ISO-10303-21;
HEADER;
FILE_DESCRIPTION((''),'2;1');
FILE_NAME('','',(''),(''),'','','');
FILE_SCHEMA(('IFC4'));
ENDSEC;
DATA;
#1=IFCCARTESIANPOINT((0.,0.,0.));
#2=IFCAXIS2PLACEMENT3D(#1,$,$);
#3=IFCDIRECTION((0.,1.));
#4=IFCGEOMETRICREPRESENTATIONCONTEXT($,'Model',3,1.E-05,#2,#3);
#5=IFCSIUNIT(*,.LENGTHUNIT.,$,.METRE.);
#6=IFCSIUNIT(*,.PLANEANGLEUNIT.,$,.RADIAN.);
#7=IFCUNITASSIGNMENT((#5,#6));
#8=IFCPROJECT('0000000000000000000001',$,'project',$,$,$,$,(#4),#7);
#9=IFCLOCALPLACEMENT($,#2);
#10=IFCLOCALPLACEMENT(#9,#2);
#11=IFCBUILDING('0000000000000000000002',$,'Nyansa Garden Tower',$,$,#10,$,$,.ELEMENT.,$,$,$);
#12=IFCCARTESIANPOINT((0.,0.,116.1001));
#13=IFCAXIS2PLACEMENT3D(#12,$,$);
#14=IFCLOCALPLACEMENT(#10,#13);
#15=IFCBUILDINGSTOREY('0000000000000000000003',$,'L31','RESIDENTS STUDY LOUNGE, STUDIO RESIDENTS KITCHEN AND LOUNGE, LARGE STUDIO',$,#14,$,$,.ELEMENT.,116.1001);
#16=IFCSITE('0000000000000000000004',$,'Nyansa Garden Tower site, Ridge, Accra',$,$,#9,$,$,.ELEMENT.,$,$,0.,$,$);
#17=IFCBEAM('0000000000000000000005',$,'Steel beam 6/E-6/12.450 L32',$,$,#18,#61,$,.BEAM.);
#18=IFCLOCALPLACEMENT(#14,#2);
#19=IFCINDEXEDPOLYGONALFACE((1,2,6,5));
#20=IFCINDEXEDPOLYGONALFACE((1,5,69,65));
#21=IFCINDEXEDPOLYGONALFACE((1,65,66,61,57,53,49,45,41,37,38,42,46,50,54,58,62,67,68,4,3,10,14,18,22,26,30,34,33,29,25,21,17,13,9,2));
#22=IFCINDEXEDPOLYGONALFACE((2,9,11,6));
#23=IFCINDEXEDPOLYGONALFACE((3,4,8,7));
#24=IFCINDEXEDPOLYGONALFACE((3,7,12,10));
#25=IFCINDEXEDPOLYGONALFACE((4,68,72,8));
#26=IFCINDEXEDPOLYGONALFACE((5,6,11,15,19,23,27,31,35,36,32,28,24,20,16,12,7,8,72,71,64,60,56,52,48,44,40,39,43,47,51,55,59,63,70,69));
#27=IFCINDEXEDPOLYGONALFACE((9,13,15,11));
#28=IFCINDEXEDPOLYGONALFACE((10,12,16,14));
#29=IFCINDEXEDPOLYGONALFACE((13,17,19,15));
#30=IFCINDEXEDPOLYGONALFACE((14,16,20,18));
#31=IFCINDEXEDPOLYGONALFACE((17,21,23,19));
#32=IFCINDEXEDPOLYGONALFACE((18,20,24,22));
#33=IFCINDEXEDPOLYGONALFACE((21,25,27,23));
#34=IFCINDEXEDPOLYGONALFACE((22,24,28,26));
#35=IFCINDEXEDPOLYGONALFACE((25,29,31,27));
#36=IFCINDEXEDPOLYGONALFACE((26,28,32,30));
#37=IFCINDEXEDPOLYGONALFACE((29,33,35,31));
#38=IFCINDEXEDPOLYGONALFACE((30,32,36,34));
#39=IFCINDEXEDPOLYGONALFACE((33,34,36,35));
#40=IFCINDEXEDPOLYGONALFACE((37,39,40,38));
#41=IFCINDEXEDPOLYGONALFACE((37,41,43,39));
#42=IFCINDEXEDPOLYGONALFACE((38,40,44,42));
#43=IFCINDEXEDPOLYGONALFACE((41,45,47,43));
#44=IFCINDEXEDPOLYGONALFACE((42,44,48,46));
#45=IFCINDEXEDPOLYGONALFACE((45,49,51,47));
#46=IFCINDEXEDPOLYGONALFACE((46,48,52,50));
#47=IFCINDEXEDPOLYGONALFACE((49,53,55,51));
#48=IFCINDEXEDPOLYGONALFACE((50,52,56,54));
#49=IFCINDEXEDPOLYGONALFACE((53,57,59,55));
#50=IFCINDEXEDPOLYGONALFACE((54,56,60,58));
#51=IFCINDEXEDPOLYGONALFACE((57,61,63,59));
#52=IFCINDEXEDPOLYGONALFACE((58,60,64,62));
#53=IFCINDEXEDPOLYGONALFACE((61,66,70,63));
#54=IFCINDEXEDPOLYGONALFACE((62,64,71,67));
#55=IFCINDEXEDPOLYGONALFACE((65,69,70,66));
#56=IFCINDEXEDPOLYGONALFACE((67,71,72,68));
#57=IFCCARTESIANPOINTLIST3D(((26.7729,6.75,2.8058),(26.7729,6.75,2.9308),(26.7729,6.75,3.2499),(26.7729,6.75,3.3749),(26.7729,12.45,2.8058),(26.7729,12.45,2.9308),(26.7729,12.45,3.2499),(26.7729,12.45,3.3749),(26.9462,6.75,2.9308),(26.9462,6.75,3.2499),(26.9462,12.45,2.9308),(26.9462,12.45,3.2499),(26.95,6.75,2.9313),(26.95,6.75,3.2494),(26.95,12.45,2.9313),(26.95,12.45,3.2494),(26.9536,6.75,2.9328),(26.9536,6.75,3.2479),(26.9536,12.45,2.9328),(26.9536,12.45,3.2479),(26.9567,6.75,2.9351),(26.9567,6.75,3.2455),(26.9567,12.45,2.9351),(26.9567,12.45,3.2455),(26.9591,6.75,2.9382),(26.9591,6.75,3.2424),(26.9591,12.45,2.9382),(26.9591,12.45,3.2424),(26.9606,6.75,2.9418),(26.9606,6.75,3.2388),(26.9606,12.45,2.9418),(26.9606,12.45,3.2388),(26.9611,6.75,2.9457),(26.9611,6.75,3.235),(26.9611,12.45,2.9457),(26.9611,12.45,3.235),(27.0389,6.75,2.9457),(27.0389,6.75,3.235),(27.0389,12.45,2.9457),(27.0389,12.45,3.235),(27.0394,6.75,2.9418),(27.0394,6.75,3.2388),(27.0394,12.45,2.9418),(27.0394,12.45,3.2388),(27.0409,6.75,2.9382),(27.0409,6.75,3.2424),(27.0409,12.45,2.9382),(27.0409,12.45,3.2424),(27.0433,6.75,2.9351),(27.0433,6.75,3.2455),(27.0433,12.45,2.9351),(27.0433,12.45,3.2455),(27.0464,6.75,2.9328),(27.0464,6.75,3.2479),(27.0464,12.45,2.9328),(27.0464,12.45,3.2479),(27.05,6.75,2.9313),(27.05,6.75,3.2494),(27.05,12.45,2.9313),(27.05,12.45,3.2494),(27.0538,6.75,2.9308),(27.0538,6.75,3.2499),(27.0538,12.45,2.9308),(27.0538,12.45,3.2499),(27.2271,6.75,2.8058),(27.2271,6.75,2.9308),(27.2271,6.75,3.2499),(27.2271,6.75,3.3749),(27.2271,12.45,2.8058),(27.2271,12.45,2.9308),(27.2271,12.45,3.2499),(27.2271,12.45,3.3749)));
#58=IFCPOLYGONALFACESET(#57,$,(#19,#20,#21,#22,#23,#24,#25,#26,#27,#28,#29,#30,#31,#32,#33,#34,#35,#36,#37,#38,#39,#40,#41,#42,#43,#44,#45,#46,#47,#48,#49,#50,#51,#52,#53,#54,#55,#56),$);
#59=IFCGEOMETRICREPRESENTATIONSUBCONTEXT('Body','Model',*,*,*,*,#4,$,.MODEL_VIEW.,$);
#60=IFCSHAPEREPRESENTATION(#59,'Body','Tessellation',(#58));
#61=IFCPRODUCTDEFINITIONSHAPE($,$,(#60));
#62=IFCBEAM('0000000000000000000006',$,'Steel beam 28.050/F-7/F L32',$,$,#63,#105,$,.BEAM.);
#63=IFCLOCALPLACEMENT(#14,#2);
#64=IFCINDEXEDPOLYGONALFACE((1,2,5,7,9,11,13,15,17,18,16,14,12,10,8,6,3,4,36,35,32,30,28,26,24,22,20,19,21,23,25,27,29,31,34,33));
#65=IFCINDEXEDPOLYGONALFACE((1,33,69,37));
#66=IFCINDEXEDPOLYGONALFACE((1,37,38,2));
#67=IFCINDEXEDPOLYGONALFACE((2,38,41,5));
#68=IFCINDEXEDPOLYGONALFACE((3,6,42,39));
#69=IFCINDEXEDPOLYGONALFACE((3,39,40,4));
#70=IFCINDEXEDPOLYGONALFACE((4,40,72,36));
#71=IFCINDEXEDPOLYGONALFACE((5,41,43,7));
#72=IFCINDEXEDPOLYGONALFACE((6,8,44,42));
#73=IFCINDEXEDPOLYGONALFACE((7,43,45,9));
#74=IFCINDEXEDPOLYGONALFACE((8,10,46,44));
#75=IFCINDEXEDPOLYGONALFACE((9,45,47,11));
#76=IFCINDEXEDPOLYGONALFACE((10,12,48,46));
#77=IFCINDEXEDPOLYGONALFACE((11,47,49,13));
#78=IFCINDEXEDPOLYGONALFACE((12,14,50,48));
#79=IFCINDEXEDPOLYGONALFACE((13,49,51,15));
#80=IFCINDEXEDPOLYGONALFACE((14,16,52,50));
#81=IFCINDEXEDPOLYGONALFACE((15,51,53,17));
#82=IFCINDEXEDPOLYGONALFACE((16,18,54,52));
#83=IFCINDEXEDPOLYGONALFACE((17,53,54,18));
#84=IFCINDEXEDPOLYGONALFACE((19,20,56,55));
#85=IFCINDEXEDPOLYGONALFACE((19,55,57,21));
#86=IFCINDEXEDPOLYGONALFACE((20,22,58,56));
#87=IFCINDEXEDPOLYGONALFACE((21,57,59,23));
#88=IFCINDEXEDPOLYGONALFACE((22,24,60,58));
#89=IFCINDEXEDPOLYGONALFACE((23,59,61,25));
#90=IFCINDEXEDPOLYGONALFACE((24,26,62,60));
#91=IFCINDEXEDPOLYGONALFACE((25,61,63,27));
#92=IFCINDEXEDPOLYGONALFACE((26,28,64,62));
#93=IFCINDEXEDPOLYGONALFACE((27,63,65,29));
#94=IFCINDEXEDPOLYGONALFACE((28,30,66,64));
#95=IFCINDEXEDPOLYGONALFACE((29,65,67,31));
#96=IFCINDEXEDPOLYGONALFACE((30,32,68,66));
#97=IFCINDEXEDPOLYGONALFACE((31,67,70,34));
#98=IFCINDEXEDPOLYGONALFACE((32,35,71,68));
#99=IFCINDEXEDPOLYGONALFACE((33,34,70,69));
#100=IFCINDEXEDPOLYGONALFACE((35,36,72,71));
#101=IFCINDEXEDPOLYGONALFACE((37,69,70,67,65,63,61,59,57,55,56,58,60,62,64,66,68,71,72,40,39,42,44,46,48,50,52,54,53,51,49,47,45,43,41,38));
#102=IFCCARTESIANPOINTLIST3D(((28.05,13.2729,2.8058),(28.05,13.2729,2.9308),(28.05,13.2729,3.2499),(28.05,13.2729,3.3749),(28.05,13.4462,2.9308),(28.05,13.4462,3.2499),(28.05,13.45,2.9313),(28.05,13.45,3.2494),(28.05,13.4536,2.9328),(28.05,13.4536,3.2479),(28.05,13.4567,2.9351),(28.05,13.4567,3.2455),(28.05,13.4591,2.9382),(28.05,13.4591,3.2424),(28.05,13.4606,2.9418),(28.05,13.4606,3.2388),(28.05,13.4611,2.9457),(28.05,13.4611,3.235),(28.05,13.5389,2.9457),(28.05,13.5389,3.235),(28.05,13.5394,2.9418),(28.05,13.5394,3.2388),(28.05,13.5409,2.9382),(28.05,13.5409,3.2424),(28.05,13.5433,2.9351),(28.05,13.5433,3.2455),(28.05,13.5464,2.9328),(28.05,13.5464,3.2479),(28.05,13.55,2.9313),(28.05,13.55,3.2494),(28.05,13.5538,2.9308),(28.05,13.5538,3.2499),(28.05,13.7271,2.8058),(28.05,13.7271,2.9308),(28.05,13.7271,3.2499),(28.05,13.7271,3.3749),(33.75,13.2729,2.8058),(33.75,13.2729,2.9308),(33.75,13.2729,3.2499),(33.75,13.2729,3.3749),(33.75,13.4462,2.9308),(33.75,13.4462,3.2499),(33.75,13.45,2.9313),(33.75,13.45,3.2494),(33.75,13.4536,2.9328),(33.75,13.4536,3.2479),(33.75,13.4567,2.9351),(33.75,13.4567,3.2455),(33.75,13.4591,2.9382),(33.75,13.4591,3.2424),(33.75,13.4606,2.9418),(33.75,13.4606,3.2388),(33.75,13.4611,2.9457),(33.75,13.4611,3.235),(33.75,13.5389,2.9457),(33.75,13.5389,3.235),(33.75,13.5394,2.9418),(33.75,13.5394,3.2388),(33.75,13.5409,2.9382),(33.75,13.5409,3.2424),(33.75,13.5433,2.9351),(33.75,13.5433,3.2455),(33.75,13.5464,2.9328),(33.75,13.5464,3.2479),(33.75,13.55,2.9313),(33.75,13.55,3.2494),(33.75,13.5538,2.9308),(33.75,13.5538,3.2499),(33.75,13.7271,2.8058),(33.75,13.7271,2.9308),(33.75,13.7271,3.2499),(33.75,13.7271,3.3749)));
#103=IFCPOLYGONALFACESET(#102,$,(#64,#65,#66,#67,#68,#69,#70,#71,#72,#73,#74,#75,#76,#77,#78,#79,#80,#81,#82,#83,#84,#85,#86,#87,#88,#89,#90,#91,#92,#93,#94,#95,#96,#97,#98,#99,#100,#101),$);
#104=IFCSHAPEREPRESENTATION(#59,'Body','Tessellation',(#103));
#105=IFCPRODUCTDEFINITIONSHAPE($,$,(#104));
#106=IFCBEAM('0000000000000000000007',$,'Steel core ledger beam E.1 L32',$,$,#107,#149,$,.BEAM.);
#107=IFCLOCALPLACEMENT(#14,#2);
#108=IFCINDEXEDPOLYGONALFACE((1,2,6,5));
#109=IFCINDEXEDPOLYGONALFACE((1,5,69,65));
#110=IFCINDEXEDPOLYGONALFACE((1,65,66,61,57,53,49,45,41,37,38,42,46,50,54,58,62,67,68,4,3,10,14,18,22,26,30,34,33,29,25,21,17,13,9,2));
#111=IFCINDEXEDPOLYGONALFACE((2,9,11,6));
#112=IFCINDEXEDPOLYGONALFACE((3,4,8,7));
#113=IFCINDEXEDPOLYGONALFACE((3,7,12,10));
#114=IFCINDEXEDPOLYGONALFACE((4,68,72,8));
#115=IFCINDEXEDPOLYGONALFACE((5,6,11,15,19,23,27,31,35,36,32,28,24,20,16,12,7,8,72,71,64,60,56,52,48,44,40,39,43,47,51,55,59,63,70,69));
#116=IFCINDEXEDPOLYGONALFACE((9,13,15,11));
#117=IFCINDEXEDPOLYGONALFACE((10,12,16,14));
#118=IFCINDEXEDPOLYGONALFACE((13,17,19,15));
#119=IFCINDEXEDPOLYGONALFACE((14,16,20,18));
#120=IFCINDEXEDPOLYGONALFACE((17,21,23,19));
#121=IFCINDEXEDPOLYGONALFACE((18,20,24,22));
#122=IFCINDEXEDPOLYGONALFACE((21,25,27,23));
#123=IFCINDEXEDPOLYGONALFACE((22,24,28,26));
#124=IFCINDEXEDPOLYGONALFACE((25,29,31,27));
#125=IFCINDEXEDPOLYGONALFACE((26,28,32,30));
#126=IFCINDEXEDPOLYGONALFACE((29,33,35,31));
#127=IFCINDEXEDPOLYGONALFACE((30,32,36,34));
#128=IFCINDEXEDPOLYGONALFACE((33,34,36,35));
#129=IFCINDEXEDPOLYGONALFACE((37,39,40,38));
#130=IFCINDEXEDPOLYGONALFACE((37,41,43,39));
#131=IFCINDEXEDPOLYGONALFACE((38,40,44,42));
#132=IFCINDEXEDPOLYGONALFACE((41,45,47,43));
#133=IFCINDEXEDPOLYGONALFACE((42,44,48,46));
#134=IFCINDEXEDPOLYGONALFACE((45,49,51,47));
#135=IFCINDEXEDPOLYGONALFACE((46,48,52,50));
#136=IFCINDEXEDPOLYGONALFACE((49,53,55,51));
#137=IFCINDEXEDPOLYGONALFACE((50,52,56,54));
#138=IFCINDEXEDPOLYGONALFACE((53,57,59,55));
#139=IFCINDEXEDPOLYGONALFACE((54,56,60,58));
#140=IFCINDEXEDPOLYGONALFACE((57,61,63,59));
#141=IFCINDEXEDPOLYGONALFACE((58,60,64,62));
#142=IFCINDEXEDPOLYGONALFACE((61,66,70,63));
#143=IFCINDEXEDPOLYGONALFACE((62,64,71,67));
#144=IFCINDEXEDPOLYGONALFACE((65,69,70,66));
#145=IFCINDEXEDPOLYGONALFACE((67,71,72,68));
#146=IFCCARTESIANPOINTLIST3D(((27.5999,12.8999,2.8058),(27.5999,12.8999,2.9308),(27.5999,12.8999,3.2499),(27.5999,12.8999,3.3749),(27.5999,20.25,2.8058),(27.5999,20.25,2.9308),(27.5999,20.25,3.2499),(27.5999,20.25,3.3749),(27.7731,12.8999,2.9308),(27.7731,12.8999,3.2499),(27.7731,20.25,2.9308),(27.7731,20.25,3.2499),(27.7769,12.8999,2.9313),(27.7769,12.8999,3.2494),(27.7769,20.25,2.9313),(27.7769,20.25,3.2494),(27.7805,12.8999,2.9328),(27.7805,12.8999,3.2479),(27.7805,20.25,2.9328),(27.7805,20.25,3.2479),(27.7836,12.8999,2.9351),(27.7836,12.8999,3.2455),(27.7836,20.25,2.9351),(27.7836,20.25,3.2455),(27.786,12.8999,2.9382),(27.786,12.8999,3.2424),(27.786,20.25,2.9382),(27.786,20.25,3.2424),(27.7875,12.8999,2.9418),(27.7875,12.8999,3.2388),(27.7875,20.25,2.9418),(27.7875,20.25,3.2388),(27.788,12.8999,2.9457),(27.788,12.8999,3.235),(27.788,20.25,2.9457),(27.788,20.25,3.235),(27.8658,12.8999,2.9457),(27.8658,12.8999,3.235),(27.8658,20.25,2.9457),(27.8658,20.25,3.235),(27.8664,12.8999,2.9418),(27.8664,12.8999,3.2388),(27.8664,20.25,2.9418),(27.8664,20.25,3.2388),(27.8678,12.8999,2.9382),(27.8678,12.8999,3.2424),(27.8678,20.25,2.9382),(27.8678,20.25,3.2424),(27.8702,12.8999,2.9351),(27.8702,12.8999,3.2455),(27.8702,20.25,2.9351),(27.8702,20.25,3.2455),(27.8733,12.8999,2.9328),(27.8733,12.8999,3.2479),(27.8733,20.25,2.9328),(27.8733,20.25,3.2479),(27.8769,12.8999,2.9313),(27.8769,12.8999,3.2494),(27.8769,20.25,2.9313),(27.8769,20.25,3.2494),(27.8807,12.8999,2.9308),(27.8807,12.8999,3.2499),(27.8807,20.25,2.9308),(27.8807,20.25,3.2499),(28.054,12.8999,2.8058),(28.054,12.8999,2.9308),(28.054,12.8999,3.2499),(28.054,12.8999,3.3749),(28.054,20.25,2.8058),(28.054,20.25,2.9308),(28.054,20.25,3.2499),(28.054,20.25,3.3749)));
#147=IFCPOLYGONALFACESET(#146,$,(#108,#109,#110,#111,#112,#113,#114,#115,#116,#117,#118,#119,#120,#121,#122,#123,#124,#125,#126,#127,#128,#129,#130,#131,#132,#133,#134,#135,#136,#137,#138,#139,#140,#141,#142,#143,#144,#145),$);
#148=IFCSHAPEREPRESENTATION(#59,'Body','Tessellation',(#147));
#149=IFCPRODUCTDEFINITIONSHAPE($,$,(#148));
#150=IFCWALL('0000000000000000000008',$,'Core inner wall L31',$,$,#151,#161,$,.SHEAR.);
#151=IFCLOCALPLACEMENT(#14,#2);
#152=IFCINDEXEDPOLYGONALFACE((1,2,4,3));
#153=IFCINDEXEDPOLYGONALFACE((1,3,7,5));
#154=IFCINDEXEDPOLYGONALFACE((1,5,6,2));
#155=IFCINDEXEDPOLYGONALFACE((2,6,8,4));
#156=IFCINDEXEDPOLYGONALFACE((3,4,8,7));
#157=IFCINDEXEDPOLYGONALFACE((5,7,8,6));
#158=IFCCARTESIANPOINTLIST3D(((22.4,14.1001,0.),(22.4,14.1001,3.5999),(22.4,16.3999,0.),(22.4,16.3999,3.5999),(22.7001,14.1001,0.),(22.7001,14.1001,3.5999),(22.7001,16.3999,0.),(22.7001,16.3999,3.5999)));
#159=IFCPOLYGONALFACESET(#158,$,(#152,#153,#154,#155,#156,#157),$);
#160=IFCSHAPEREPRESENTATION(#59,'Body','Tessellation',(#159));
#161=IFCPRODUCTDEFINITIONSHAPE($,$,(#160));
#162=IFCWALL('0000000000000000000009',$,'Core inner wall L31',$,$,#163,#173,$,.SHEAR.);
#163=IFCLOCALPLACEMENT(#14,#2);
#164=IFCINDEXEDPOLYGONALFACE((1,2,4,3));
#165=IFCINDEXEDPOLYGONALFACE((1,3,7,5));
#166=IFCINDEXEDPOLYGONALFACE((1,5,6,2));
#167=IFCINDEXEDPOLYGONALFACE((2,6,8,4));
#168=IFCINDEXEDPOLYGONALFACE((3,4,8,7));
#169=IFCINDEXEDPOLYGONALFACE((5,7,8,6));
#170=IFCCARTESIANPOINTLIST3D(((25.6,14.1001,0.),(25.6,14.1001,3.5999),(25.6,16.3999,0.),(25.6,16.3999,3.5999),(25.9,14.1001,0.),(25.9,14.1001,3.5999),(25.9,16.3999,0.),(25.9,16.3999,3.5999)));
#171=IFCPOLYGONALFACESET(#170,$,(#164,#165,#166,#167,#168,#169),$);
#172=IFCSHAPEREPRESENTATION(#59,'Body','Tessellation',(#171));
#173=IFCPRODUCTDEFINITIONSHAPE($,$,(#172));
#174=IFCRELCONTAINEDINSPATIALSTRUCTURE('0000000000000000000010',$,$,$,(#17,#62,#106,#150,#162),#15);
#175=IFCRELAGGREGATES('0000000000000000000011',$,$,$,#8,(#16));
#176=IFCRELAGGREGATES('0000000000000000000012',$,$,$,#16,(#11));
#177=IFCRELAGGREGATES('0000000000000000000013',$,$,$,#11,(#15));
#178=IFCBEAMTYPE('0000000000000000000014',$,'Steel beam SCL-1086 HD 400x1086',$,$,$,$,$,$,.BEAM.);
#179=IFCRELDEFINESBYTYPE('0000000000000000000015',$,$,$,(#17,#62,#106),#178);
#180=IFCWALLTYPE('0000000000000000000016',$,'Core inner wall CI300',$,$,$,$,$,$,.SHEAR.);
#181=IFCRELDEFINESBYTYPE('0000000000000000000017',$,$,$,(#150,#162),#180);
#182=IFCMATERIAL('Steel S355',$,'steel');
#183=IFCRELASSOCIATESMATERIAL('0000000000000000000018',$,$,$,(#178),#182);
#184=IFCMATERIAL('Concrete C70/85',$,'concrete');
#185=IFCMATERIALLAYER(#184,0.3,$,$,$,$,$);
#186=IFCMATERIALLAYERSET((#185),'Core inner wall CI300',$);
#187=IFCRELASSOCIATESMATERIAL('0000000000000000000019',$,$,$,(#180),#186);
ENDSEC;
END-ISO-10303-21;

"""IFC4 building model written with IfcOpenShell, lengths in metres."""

from ifc_helpers import new_model, si_unit, direction, frame, frame_2d, origin, origin_2d, place, context, subcontext, project, spatial, rectangle, i_section, extrude, material, layer, layer_set, material_profile, profile_set, type_object, element, save


model = new_model("IFC4")

# Units and contexts
model_context = context("Model", 3, precision=1e-05, world=origin(), true_north=direction((0.0, 1.0)))
body_context = subcontext(model_context, "Body", "Model", "MODEL_VIEW")
ifc_project = project(units=[si_unit("LENGTHUNIT", "METRE"), si_unit("PLANEANGLEUNIT", "RADIAN")], contexts=[model_context])

# Site, building, storey
site_placement = place(None, origin())
site = spatial("IfcSite", under=ifc_project, at=site_placement, Name="Nyansa Garden Tower site, Ridge, Accra", CompositionType="ELEMENT", RefElevation=0.0)
building_placement = place(site_placement, origin())
building = spatial("IfcBuilding", under=site, at=building_placement, Name="Nyansa Garden Tower", CompositionType="ELEMENT")
storey_placement = place(building_placement, frame((0.0, 0.0, 116.1001)))
storey = spatial("IfcBuildingStorey", under=building, at=storey_placement, Name="L31", Description="RESIDENTS STUDY LOUNGE, STUDIO RESIDENTS KITCHEN AND LOUNGE, LARGE STUDIO", CompositionType="ELEMENT", Elevation=116.1001)

# Beams
ifc_material_1 = material(Name="Steel S355", Category="steel")
ifc_material_profile_1 = material_profile(ifc_material_1, i_section(OverallWidth=0.4541, OverallDepth=0.5691, WebThickness=0.0779, FlangeThickness=0.125, FilletRadius=0.0149, at=origin_2d()), Name="HD 400x1086")
ifc_profile_set_1 = profile_set([ifc_material_profile_1], Name="Steel S355")
beam_type_1 = type_object("IfcBeamType", Name="Steel beam SCL-1086 HD 400x1086", PredefinedType="BEAM", material=ifc_profile_set_1)
for number, where, z_axis, x_axis, name in (
    (1, (27.0, 6.75, 3.0903), (0.0, 1.0, 0.0), (-1.0, 0.0, 0.0), "Steel beam 6/E-6/12.450 L32"),
    (2, (28.05, 13.5, 3.0903), (1.0, 0.0, 0.0), (0.0, 1.0, 0.0), "Steel beam 28.050/F-7/F L32"),
):
    element("IfcBeam", number, at=place(storey_placement, frame(where, z_axis=z_axis, x_axis=x_axis)), inside=storey, type_object=beam_type_1, Name=name, PredefinedType="BEAM", context=body_context, shape_type="SweptSolid", body=[
        extrude(i_section(OverallWidth=0.4541, OverallDepth=0.5691, WebThickness=0.0779, FlangeThickness=0.125, FilletRadius=0.0149, at=origin_2d()), origin(), (0.0, 0.0, 1.0), 5.7),
    ])
beam_1_placement = place(storey_placement, frame((27.8269, 12.8999, 3.0903), z_axis=(0.0, 1.0, 0.0), x_axis=(-1.0, 0.0, 0.0)))
element("IfcBeam", 3, at=beam_1_placement, inside=storey, type_object=beam_type_1, Name="Steel core ledger beam E.1 L32", PredefinedType="BEAM", context=body_context, shape_type="SweptSolid", body=[
    extrude(i_section(OverallWidth=0.4541, OverallDepth=0.5691, WebThickness=0.0779, FlangeThickness=0.125, FilletRadius=0.0149, at=origin_2d()), origin(), (0.0, 0.0, 1.0), 7.3501),
])

# Walls
ifc_material_2 = material(Name="Concrete C70/85", Category="concrete")
ifc_layer_1 = layer(ifc_material_2, 0.3)
ifc_layer_set_1 = layer_set([ifc_layer_1], Name="Core inner wall CI300")
wall_type_1 = type_object("IfcWallType", Name="Core inner wall CI300", PredefinedType="SHEAR", material=ifc_layer_set_1)
for number, where, z_axis, x_axis, name in (
    (4, (22.55, 14.1001, 0.0), (0.0, 0.0, 1.0), (0.0, 1.0, 0.0), "Core inner wall L31"),
    (5, (25.75, 14.1001, 0.0), (0.0, 0.0, 1.0), (0.0, 1.0, 0.0), "Core inner wall L31"),
):
    element("IfcWall", number, at=place(storey_placement, frame(where, z_axis=z_axis, x_axis=x_axis)), inside=storey, type_object=wall_type_1, Name=name, PredefinedType="SHEAR", context=body_context, shape_type="SweptSolid", body=[
        extrude(rectangle(XDim=2.2998, YDim=0.3, at=frame_2d((1.1499, 0.0))), origin(), (0.0, 0.0, 1.0), 3.5999),
    ])

save(model, "model.ifc")
